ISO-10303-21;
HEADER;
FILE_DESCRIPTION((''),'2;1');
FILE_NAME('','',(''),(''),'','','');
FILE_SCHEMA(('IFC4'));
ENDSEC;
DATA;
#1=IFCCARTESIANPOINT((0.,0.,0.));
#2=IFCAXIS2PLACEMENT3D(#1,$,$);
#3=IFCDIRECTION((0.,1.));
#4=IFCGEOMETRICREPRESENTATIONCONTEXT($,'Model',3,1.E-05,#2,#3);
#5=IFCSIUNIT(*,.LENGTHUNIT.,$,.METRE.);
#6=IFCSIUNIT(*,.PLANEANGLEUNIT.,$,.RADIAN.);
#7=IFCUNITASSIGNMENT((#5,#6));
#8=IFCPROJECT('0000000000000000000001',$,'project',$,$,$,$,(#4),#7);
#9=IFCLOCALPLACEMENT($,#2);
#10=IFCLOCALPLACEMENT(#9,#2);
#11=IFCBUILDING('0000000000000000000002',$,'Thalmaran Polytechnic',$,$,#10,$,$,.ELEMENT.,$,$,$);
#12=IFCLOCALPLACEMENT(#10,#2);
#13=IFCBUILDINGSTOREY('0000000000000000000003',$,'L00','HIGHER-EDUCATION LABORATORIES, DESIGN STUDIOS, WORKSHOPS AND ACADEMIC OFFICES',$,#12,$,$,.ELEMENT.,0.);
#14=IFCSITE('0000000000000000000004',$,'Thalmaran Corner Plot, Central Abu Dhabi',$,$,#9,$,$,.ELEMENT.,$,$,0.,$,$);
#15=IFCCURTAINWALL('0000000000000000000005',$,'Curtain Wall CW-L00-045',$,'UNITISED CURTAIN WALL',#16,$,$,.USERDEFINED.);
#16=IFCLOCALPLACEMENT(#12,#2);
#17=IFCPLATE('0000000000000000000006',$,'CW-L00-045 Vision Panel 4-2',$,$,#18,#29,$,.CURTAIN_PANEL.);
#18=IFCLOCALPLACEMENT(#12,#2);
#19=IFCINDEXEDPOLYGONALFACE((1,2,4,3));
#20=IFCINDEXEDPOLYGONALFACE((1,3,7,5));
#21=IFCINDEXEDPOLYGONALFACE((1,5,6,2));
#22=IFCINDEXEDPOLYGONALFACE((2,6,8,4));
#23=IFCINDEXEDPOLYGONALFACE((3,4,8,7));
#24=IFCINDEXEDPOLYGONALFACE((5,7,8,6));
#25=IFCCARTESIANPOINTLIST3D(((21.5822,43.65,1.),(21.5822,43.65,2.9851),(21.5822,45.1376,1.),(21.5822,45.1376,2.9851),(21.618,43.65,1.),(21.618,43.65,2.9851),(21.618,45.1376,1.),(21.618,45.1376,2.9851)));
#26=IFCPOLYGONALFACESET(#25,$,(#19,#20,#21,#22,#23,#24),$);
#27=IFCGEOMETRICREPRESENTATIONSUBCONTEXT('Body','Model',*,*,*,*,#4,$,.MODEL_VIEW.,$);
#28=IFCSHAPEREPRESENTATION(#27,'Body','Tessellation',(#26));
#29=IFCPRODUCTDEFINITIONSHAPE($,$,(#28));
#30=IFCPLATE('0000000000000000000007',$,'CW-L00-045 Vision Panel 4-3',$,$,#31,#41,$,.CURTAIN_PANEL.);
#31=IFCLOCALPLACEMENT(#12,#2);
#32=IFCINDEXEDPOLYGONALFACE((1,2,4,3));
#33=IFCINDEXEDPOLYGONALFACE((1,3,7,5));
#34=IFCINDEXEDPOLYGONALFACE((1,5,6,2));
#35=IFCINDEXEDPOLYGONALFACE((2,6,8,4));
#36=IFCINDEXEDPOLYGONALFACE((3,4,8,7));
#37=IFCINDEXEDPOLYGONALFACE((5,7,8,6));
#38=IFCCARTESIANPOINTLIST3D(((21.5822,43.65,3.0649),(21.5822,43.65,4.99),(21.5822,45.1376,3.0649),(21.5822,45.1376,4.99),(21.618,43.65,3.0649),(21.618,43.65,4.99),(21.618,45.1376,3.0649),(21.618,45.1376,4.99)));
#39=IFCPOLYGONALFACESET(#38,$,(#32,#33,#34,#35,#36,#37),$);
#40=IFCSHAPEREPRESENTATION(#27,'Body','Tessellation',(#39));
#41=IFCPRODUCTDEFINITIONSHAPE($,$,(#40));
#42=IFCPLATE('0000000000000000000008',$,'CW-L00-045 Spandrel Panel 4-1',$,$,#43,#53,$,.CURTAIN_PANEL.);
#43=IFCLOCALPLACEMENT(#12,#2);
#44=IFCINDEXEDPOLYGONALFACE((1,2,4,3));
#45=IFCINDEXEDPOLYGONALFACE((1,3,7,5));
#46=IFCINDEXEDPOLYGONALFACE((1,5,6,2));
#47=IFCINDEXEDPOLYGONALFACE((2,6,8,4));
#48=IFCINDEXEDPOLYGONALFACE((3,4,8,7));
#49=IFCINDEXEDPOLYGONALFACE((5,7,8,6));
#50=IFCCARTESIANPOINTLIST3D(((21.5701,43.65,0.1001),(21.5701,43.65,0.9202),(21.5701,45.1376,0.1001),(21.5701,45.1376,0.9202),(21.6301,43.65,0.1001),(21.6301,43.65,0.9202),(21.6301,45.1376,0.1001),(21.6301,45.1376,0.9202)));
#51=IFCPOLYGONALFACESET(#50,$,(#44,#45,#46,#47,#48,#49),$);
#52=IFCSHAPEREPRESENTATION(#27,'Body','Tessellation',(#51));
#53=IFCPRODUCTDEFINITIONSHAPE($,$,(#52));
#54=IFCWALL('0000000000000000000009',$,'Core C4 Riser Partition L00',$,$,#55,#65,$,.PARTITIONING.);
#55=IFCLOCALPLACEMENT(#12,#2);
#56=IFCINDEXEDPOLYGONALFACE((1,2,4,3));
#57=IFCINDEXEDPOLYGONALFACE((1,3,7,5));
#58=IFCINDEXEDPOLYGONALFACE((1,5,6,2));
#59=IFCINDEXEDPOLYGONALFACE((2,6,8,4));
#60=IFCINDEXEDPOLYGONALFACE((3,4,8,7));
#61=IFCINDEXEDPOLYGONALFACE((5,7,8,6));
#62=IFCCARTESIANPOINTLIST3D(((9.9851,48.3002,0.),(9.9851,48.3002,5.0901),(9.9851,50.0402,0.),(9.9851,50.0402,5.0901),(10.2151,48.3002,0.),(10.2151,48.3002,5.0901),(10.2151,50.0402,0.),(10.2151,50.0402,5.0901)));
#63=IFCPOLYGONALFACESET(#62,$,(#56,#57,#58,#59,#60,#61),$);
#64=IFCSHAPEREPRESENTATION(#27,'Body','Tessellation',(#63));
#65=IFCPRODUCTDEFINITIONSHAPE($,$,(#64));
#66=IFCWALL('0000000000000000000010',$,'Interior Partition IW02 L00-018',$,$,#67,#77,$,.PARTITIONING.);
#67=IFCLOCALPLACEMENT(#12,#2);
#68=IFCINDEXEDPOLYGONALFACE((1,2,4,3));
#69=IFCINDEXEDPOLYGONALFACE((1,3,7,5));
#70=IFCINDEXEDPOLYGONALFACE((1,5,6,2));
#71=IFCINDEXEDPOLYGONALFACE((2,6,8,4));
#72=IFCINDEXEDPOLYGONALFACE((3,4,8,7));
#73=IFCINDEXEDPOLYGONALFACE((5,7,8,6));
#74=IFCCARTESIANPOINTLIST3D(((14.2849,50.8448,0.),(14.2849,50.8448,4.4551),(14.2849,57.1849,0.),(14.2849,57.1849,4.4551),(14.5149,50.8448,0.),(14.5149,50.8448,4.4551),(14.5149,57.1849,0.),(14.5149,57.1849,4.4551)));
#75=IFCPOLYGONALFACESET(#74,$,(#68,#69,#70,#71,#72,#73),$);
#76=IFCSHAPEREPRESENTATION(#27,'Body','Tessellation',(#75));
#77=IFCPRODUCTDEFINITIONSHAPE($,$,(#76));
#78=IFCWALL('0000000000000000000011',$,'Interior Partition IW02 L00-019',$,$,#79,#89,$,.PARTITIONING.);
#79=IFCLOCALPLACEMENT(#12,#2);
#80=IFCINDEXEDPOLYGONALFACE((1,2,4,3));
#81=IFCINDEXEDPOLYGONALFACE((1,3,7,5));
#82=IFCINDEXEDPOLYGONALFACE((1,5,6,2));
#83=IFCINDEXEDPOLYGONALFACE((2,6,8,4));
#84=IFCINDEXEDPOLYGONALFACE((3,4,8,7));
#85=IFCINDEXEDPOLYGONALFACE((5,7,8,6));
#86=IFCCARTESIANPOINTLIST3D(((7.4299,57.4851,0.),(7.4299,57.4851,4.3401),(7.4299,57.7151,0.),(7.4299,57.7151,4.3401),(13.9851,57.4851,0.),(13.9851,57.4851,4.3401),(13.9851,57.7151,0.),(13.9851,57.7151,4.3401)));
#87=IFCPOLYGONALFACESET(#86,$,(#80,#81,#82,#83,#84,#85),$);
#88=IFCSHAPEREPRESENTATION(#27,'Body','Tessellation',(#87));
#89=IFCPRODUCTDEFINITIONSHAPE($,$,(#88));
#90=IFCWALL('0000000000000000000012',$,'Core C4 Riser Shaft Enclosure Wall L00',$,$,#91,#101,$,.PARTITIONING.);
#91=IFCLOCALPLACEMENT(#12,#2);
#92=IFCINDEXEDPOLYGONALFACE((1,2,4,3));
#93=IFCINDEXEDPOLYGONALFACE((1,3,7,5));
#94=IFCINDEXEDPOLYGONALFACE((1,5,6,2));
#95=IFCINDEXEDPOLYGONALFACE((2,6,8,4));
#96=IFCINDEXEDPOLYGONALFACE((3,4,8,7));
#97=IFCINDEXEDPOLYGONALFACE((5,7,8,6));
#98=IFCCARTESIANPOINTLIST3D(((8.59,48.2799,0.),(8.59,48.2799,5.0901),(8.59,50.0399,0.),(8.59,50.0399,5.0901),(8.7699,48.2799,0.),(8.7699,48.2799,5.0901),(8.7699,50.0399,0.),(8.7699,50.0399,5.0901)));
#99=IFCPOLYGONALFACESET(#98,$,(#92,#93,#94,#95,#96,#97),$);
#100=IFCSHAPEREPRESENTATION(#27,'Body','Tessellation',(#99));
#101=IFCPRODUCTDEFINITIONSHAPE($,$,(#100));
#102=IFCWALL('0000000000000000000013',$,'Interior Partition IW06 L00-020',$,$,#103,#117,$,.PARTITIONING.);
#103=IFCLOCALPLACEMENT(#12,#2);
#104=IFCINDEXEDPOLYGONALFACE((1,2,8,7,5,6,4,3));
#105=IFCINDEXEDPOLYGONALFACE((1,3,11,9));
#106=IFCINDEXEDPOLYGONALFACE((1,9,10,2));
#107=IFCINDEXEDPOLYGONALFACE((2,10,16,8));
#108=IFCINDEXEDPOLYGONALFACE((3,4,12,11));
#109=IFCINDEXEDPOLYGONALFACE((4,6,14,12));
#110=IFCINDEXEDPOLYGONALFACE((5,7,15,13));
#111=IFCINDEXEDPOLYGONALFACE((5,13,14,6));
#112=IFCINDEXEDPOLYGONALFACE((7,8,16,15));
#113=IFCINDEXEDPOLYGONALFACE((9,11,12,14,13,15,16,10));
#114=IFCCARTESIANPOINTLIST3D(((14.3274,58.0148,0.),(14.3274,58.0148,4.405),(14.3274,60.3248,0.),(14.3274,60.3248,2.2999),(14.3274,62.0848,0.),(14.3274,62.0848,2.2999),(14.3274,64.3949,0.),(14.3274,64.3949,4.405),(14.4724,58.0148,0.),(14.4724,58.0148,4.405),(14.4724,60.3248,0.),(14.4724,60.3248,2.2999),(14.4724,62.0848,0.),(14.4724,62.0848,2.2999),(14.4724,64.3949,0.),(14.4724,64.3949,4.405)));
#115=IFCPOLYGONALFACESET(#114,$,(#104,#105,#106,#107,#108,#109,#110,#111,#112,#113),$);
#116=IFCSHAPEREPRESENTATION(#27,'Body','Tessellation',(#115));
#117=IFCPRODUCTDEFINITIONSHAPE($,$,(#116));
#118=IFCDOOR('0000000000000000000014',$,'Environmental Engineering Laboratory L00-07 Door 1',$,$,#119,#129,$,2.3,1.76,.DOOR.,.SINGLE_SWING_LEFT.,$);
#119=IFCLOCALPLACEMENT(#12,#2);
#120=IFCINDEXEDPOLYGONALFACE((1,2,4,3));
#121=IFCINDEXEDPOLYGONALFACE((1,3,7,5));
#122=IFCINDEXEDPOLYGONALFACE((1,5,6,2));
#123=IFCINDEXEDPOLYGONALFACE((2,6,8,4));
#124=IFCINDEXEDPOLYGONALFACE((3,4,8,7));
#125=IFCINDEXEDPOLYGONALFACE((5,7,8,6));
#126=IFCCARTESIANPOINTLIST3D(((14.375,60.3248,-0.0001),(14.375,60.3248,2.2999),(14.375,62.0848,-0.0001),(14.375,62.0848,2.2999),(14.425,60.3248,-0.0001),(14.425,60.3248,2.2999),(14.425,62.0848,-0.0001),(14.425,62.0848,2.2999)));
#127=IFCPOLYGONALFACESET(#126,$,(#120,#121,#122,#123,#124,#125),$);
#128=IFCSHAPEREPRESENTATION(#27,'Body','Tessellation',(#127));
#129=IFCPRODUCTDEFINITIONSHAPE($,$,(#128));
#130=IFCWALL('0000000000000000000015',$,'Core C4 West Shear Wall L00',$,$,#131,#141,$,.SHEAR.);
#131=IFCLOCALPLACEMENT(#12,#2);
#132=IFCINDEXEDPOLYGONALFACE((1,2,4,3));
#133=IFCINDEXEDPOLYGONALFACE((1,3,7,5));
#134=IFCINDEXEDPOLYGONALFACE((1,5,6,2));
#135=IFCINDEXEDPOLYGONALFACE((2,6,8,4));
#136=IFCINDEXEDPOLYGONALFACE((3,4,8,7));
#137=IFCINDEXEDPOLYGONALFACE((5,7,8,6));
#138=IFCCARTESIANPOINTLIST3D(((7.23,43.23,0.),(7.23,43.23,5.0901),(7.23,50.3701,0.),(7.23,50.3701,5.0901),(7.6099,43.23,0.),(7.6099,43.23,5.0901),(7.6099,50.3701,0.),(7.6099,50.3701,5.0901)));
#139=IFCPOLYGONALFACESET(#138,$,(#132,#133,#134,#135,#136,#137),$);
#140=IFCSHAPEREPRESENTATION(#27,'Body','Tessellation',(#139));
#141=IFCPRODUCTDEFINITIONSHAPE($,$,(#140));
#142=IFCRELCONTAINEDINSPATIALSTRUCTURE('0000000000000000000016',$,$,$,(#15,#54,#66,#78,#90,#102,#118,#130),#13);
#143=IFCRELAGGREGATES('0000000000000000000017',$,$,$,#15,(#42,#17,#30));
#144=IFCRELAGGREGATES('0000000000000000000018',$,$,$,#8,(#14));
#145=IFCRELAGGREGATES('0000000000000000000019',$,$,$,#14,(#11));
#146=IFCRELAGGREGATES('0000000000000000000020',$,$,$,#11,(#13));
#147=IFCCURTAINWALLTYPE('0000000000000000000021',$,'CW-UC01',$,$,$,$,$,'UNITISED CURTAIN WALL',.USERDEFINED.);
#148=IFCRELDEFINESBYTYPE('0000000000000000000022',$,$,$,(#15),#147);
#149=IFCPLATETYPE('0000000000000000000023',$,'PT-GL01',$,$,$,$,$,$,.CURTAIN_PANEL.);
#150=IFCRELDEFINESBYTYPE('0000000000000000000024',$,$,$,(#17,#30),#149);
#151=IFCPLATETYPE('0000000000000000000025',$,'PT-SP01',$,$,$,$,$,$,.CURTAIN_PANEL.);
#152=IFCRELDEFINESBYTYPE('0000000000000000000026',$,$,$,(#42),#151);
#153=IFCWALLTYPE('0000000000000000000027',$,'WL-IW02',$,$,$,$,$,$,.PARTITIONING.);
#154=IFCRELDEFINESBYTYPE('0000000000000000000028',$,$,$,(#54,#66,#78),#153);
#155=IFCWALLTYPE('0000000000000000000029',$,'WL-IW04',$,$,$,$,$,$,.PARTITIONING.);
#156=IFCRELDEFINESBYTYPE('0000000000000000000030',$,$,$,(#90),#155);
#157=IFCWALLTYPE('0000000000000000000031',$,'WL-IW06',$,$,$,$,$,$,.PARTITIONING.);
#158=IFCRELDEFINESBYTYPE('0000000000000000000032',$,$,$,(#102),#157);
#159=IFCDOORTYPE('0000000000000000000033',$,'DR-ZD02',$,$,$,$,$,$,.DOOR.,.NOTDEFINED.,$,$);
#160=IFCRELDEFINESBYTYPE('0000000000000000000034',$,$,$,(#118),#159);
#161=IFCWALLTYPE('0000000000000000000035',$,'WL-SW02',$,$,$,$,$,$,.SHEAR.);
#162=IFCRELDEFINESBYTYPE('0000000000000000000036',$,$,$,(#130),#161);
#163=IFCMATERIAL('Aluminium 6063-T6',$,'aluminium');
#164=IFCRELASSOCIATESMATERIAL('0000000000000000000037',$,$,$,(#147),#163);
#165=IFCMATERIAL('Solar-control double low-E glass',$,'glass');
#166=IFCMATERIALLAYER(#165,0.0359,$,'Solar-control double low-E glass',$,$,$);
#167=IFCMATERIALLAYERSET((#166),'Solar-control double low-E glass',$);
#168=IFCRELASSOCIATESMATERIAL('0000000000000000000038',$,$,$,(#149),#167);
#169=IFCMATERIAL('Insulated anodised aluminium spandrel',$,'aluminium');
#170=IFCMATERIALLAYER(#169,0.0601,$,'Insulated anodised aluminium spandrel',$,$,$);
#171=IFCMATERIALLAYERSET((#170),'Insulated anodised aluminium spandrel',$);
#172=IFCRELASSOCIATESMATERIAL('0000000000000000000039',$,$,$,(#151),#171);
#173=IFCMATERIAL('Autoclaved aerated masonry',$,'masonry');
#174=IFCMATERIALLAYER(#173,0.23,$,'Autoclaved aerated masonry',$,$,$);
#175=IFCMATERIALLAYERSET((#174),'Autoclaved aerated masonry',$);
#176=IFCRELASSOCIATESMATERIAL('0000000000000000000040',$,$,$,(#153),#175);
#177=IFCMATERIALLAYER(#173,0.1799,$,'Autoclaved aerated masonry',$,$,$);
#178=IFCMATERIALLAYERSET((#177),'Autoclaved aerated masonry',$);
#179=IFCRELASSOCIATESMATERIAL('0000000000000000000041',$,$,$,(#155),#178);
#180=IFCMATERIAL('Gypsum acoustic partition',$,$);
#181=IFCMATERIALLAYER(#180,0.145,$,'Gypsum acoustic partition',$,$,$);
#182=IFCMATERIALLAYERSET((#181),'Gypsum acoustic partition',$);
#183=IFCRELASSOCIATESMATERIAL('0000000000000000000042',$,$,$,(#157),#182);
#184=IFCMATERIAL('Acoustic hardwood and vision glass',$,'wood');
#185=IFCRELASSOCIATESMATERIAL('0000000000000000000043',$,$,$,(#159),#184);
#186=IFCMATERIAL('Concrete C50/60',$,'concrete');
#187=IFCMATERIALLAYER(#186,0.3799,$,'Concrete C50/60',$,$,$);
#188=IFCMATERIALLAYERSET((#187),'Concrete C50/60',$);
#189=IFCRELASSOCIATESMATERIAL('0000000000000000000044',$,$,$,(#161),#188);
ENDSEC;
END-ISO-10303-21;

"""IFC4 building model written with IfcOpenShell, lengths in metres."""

from ifc_helpers import new_model, si_unit, direction, frame, frame_2d, origin, origin_2d, place, context, subcontext, project, spatial, rectangle, extrude, material, layer, layer_set, type_object, element, fill, aggregate, save


model = new_model("IFC4")

# Units and contexts
model_context = context("Model", 3, precision=1e-05, world=origin(), true_north=direction((0.0, 1.0)))
body_context = subcontext(model_context, "Body", "Model", "MODEL_VIEW")
ifc_project = project(units=[si_unit("LENGTHUNIT", "METRE"), si_unit("PLANEANGLEUNIT", "RADIAN")], contexts=[model_context])

# Site, building, storey
site_placement = place(None, origin())
site = spatial("IfcSite", under=ifc_project, at=site_placement, Name="Thalmaran Corner Plot, Central Abu Dhabi", CompositionType="ELEMENT", RefElevation=0.0)
building_placement = place(site_placement, origin())
building = spatial("IfcBuilding", under=site, at=building_placement, Name="Thalmaran Polytechnic", CompositionType="ELEMENT")
storey_placement = place(building_placement, origin())
storey = spatial("IfcBuildingStorey", under=building, at=storey_placement, Name="L00", Description="HIGHER-EDUCATION LABORATORIES, DESIGN STUDIOS, WORKSHOPS AND ACADEMIC OFFICES", CompositionType="ELEMENT", Elevation=0.0)

# Shared definitions
ifc_material_1 = material(Name="Concrete C50/60", Category="concrete")

# Curtain wall, plates
ifc_material_2 = material(Name="Aluminium 6063-T6", Category="aluminium")
curtain_wall_type = type_object("IfcCurtainWallType", Name="CW-UC01", ElementType="UNITISED CURTAIN WALL", PredefinedType="USERDEFINED", material=ifc_material_2)
curtain_wall_placement = place(storey_placement, origin())
curtain_wall = element("IfcCurtainWall", 1, at=curtain_wall_placement, inside=storey, type_object=curtain_wall_type, Name="Curtain Wall CW-L00-045", ObjectType="UNITISED CURTAIN WALL", PredefinedType="USERDEFINED")
ifc_material_3 = material(Name="Solar-control double low-E glass", Category="glass")
ifc_layer_1 = layer(ifc_material_3, 0.0359, Name="Solar-control double low-E glass")
ifc_layer_set_1 = layer_set([ifc_layer_1], Name="Solar-control double low-E glass")
plate_type_1 = type_object("IfcPlateType", Name="PT-GL01", PredefinedType="CURTAIN_PANEL", material=ifc_layer_set_1)
plate_1_placement = place(storey_placement, frame((21.6001, 44.3938, 1.0), z_axis=(0.0, 0.0, 1.0), x_axis=(0.0, -1.0, 0.0)))
plate_1 = element("IfcPlate", 2, at=plate_1_placement, type_object=plate_type_1, Name="CW-L00-045 Vision Panel 4-2", PredefinedType="CURTAIN_PANEL", context=body_context, shape_type="SweptSolid", body=[
    extrude(rectangle(XDim=1.4875, YDim=0.0359, at=origin_2d()), origin(), (0.0, 0.0, 1.0), 1.9851),
])
plate_2_placement = place(storey_placement, frame((21.6001, 44.3938, 3.0649), z_axis=(0.0, 0.0, 1.0), x_axis=(0.0, -1.0, 0.0)))
plate_2 = element("IfcPlate", 3, at=plate_2_placement, type_object=plate_type_1, Name="CW-L00-045 Vision Panel 4-3", PredefinedType="CURTAIN_PANEL", context=body_context, shape_type="SweptSolid", body=[
    extrude(rectangle(XDim=1.4875, YDim=0.0359, at=origin_2d()), origin(), (0.0, 0.0, 1.0), 1.925),
])
ifc_material_4 = material(Name="Insulated anodised aluminium spandrel", Category="aluminium")
ifc_layer_2 = layer(ifc_material_4, 0.0601, Name="Insulated anodised aluminium spandrel")
ifc_layer_set_2 = layer_set([ifc_layer_2], Name="Insulated anodised aluminium spandrel")
plate_type_2 = type_object("IfcPlateType", Name="PT-SP01", PredefinedType="CURTAIN_PANEL", material=ifc_layer_set_2)
plate_3_placement = place(storey_placement, frame((21.6001, 44.3938, 0.1001), z_axis=(0.0, 0.0, 1.0), x_axis=(0.0, -1.0, 0.0)))
plate_3 = element("IfcPlate", 4, at=plate_3_placement, type_object=plate_type_2, Name="CW-L00-045 Spandrel Panel 4-1", PredefinedType="CURTAIN_PANEL", context=body_context, shape_type="SweptSolid", body=[
    extrude(rectangle(XDim=1.4875, YDim=0.0601, at=origin_2d()), origin(), (0.0, 0.0, 1.0), 0.8201),
])
aggregate(curtain_wall, [plate_3, plate_1, plate_2])

# Walls
ifc_material_5 = material(Name="Autoclaved aerated masonry", Category="masonry")
ifc_layer_3 = layer(ifc_material_5, 0.23, Name="Autoclaved aerated masonry")
ifc_layer_set_3 = layer_set([ifc_layer_3], Name="Autoclaved aerated masonry")
wall_type_1 = type_object("IfcWallType", Name="WL-IW02", PredefinedType="PARTITIONING", material=ifc_layer_set_3)
wall_1_placement = place(storey_placement, frame((10.1001, 48.3, 0.0), z_axis=(0.0, 0.0, 1.0), x_axis=(0.0, 1.0, 0.0)))
element("IfcWall", 5, at=wall_1_placement, inside=storey, type_object=wall_type_1, Name="Core C4 Riser Partition L00", PredefinedType="PARTITIONING", context=body_context, shape_type="SweptSolid", body=[
    extrude(rectangle(XDim=1.74, YDim=0.23, at=frame_2d((0.8701, 0.0))), origin(), (0.0, 0.0, 1.0), 5.0901),
])
wall_2_placement = place(storey_placement, frame((14.3999, 50.845, 0.0), z_axis=(0.0, 0.0, 1.0), x_axis=(0.0, 1.0, 0.0)))
element("IfcWall", 6, at=wall_2_placement, inside=storey, type_object=wall_type_1, Name="Interior Partition IW02 L00-018", PredefinedType="PARTITIONING", context=body_context, shape_type="SweptSolid", body=[
    extrude(rectangle(XDim=6.3401, YDim=0.23, at=frame_2d((3.1699, 0.0))), origin(), (0.0, 0.0, 1.0), 4.4551),
])
wall_3_placement = place(storey_placement, frame((7.4299, 57.6001, 0.0), z_axis=(0.0, 0.0, 1.0), x_axis=(1.0, 0.0, 0.0)))
element("IfcWall", 7, at=wall_3_placement, inside=storey, type_object=wall_type_1, Name="Interior Partition IW02 L00-019", PredefinedType="PARTITIONING", context=body_context, shape_type="SweptSolid", body=[
    extrude(rectangle(XDim=6.5552, YDim=0.23, at=frame_2d((3.2776, 0.0))), origin(), (0.0, 0.0, 1.0), 4.3401),
])
ifc_layer_4 = layer(ifc_material_5, 0.1799, Name="Autoclaved aerated masonry")
ifc_layer_set_4 = layer_set([ifc_layer_4], Name="Autoclaved aerated masonry")
wall_type_2 = type_object("IfcWallType", Name="WL-IW04", PredefinedType="PARTITIONING", material=ifc_layer_set_4)
wall_4_placement = place(storey_placement, frame((8.6799, 48.28, 0.0), z_axis=(0.0, 0.0, 1.0), x_axis=(0.0, 1.0, 0.0)))
element("IfcWall", 8, at=wall_4_placement, inside=storey, type_object=wall_type_2, Name="Core C4 Riser Shaft Enclosure Wall L00", PredefinedType="PARTITIONING", context=body_context, shape_type="SweptSolid", body=[
    extrude(rectangle(XDim=1.76, YDim=0.1799, at=frame_2d((0.8799, 0.0))), origin(), (0.0, 0.0, 1.0), 5.0901),
])

# Wall, opening, door
ifc_material_6 = material(Name="Gypsum acoustic partition")
ifc_layer_5 = layer(ifc_material_6, 0.145, Name="Gypsum acoustic partition")
ifc_layer_set_5 = layer_set([ifc_layer_5], Name="Gypsum acoustic partition")
wall_type_3 = type_object("IfcWallType", Name="WL-IW06", PredefinedType="PARTITIONING", material=ifc_layer_set_5)
wall_5_placement = place(storey_placement, frame((14.3999, 58.0149, 0.0), z_axis=(0.0, 0.0, 1.0), x_axis=(0.0, 1.0, 0.0)))
wall_5 = element("IfcWall", 9, at=wall_5_placement, inside=storey, type_object=wall_type_3, Name="Interior Partition IW06 L00-020", PredefinedType="PARTITIONING", context=body_context, shape_type="SweptSolid", body=[
    extrude(rectangle(XDim=6.3801, YDim=0.145, at=frame_2d((3.1899, 0.0))), origin(), (0.0, 0.0, 1.0), 4.405),
])
opening_1_placement = place(wall_5_placement, frame((2.3101, 0.0, 0.0)))
opening_1 = element("IfcOpeningElement", 10, at=opening_1_placement, cuts=wall_5, PredefinedType="OPENING", context=body_context, shape_type="SweptSolid", body=[
    extrude(rectangle(XDim=1.76, YDim=2.3, at=frame_2d((0.8799, 1.1499))), frame((0.0, 0.0825, 0.0), z_axis=(0.0, -1.0, 0.0), x_axis=(1.0, 0.0, 0.0)), (0.0, 0.0, 1.0), 0.165),
])
ifc_material_7 = material(Name="Acoustic hardwood and vision glass", Category="wood")
door_type_1 = type_object("IfcDoorType", Name="DR-ZD02", OperationType="NOTDEFINED", PredefinedType="DOOR", material=ifc_material_7)
door_1_placement = place(opening_1_placement, origin())
door_1 = element("IfcDoor", 11, at=door_1_placement, inside=storey, type_object=door_type_1, Name="Environmental Engineering Laboratory L00-07 Door 1", OperationType="SINGLE_SWING_LEFT", OverallHeight=2.3, OverallWidth=1.76, PredefinedType="DOOR", context=body_context, shape_type="SweptSolid", body=[
    extrude(rectangle(XDim=1.76, YDim=2.3, at=frame_2d((0.8799, 1.1499))), frame((0.0, 0.0249, 0.0), z_axis=(0.0, -1.0, 0.0), x_axis=(1.0, 0.0, 0.0)), (0.0, 0.0, 1.0), 0.05),
])
fill(opening_1, door_1)

# Wall
ifc_layer_6 = layer(ifc_material_1, 0.3799, Name="Concrete C50/60")
ifc_layer_set_6 = layer_set([ifc_layer_6], Name="Concrete C50/60")
wall_type_4 = type_object("IfcWallType", Name="WL-SW02", PredefinedType="SHEAR", material=ifc_layer_set_6)
wall_6_placement = place(storey_placement, frame((7.4199, 50.3701, 0.0), z_axis=(0.0, 0.0, 1.0), x_axis=(0.0, -1.0, 0.0)))
element("IfcWall", 12, at=wall_6_placement, inside=storey, type_object=wall_type_4, Name="Core C4 West Shear Wall L00", PredefinedType="SHEAR", context=body_context, shape_type="SweptSolid", body=[
    extrude(rectangle(XDim=7.1401, YDim=0.3799, at=frame_2d((3.5701, 0.0))), origin(), (0.0, 0.0, 1.0), 5.0901),
])

save(model, "model.ifc")
